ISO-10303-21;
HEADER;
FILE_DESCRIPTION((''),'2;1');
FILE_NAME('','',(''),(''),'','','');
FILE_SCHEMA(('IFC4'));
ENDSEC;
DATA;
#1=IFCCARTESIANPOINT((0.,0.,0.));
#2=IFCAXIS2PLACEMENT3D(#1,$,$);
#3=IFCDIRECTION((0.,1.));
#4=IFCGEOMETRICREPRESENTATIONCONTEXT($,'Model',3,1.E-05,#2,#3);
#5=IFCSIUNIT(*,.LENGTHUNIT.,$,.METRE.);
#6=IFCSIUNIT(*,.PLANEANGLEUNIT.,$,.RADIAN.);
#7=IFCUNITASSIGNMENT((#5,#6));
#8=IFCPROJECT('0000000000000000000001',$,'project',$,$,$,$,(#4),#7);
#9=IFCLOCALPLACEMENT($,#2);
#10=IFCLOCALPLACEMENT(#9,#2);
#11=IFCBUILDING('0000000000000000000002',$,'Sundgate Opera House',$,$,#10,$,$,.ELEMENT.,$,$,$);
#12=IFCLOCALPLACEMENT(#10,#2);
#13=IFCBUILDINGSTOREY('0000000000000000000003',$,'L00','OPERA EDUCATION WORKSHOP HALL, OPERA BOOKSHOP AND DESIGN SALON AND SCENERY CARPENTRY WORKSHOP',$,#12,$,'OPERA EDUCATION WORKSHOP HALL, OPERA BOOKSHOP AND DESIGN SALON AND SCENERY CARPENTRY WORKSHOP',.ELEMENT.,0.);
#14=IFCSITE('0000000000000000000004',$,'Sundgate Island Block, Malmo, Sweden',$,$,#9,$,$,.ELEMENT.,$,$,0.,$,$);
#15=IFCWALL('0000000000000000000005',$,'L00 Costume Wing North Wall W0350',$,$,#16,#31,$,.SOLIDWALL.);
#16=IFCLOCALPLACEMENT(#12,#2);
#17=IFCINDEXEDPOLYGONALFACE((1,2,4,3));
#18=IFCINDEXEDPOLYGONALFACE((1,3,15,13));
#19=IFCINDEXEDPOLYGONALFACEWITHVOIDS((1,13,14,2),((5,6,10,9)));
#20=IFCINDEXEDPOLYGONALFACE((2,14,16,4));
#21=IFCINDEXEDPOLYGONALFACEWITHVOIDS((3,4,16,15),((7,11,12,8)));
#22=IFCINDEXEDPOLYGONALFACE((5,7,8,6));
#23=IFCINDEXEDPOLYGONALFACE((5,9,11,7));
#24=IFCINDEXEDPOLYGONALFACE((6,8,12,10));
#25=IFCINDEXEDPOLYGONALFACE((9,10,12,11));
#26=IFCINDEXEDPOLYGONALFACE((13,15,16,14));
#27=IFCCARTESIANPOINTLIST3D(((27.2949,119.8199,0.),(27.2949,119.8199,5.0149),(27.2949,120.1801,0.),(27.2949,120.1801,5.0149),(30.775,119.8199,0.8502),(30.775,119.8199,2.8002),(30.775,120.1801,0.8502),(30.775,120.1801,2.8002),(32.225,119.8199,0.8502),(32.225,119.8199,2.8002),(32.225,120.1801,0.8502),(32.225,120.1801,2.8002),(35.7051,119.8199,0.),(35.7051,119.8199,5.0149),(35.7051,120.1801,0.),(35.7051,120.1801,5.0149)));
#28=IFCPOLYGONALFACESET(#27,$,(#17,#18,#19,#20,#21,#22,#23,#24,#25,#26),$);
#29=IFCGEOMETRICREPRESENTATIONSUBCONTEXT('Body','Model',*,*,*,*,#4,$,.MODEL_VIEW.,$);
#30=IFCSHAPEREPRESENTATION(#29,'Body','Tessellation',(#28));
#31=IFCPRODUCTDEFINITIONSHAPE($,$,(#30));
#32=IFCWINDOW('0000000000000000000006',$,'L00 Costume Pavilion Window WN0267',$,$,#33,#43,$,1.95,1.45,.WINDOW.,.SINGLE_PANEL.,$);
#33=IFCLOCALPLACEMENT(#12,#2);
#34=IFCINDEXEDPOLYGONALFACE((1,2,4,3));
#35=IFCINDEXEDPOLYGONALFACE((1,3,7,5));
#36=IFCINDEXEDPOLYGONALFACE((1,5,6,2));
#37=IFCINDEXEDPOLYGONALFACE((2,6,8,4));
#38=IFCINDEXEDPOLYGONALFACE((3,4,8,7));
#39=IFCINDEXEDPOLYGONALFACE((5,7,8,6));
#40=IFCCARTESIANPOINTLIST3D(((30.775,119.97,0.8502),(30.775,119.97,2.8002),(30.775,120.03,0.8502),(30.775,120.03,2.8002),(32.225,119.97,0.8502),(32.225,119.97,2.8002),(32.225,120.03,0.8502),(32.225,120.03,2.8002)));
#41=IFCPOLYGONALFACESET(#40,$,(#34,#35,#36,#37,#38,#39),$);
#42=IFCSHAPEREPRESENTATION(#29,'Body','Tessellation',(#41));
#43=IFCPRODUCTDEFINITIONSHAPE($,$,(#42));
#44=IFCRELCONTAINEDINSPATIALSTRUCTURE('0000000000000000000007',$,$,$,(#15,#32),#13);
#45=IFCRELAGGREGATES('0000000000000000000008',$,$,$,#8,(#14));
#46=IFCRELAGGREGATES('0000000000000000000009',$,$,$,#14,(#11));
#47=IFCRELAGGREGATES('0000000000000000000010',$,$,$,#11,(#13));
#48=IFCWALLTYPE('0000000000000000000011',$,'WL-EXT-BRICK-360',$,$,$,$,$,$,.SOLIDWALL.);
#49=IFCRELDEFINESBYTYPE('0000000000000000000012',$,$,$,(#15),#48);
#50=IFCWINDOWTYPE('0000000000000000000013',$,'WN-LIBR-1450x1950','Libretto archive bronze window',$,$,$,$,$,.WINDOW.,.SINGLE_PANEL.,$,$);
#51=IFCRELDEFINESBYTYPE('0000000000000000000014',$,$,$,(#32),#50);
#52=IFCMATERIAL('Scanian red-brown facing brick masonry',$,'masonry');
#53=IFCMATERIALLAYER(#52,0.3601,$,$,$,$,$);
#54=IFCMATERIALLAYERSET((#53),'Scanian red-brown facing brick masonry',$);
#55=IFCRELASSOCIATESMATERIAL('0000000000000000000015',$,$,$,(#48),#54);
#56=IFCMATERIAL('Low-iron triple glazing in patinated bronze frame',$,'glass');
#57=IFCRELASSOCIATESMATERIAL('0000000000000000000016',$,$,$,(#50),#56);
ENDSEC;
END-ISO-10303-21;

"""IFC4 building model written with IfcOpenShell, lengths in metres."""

from ifc_helpers import new_model, si_unit, direction, frame, frame_2d, origin, place, context, subcontext, project, spatial, rectangle, extrude, material, layer, layer_set, type_object, element, fill, save


model = new_model("IFC4")

# Units and contexts
model_context = context("Model", 3, precision=1e-05, world=origin(), true_north=direction((0.0, 1.0)))
body_context = subcontext(model_context, "Body", "Model", "MODEL_VIEW")
ifc_project = project(units=[si_unit("LENGTHUNIT", "METRE"), si_unit("PLANEANGLEUNIT", "RADIAN")], contexts=[model_context])

# Site, building, storey
site_placement = place(None, origin())
site = spatial("IfcSite", under=ifc_project, at=site_placement, Name="Sundgate Island Block, Malmo, Sweden", CompositionType="ELEMENT", RefElevation=0.0)
building_placement = place(site_placement, origin())
building = spatial("IfcBuilding", under=site, at=building_placement, Name="Sundgate Opera House", CompositionType="ELEMENT")
storey_placement = place(building_placement, origin())
storey = spatial("IfcBuildingStorey", under=building, at=storey_placement, Name="L00", Description="OPERA EDUCATION WORKSHOP HALL, OPERA BOOKSHOP AND DESIGN SALON AND SCENERY CARPENTRY WORKSHOP", LongName="OPERA EDUCATION WORKSHOP HALL, OPERA BOOKSHOP AND DESIGN SALON AND SCENERY CARPENTRY WORKSHOP", CompositionType="ELEMENT", Elevation=0.0)

# Wall, opening, window
ifc_material_1 = material(Name="Scanian red-brown facing brick masonry", Category="masonry")
ifc_layer = layer(ifc_material_1, 0.3601)
ifc_layer_set = layer_set([ifc_layer], Name="Scanian red-brown facing brick masonry")
wall_type = type_object("IfcWallType", Name="WL-EXT-BRICK-360", PredefinedType="SOLIDWALL", material=ifc_layer_set)
wall_1_placement = place(storey_placement, frame((27.2949, 120.0, 0.0), z_axis=(0.0, 0.0, 1.0), x_axis=(1.0, 0.0, 0.0)))
wall_1 = element("IfcWall", 1, at=wall_1_placement, inside=storey, type_object=wall_type, Name="L00 Costume Wing North Wall W0350", PredefinedType="SOLIDWALL", context=body_context, shape_type="SweptSolid", body=[
    extrude(rectangle(XDim=8.4102, YDim=0.3601, at=frame_2d((4.2051, 0.0))), origin(), (0.0, 0.0, 1.0), 5.0149),
])
opening_1_placement = place(wall_1_placement, frame((3.48, 0.0, 0.8501)))
opening_1 = element("IfcOpeningElement", 2, at=opening_1_placement, cuts=wall_1, PredefinedType="OPENING", context=body_context, shape_type="SweptSolid", body=[
    extrude(rectangle(XDim=1.45, YDim=1.95, at=frame_2d((0.7251, 0.9751))), frame((0.0, 0.1899, 0.0), z_axis=(0.0, -1.0, 0.0), x_axis=(1.0, 0.0, 0.0)), (0.0, 0.0, 1.0), 0.3801),
])
ifc_material_2 = material(Name="Low-iron triple glazing in patinated bronze frame", Category="glass")
window_type = type_object("IfcWindowType", Name="WN-LIBR-1450x1950", Description="Libretto archive bronze window", PartitioningType="SINGLE_PANEL", PredefinedType="WINDOW", material=ifc_material_2)
window_placement = place(opening_1_placement, origin())
window = element("IfcWindow", 3, at=window_placement, inside=storey, type_object=window_type, Name="L00 Costume Pavilion Window WN0267", OverallHeight=1.95, OverallWidth=1.45, PartitioningType="SINGLE_PANEL", PredefinedType="WINDOW", context=body_context, shape_type="SweptSolid", body=[
    extrude(rectangle(XDim=1.45, YDim=1.95, at=frame_2d((0.7251, 0.9751))), frame((0.0, 0.03, 0.0), z_axis=(0.0, -1.0, 0.0), x_axis=(1.0, 0.0, 0.0)), (0.0, 0.0, 1.0), 0.0601),
])
fill(opening_1, window)

save(model, "model.ifc")
